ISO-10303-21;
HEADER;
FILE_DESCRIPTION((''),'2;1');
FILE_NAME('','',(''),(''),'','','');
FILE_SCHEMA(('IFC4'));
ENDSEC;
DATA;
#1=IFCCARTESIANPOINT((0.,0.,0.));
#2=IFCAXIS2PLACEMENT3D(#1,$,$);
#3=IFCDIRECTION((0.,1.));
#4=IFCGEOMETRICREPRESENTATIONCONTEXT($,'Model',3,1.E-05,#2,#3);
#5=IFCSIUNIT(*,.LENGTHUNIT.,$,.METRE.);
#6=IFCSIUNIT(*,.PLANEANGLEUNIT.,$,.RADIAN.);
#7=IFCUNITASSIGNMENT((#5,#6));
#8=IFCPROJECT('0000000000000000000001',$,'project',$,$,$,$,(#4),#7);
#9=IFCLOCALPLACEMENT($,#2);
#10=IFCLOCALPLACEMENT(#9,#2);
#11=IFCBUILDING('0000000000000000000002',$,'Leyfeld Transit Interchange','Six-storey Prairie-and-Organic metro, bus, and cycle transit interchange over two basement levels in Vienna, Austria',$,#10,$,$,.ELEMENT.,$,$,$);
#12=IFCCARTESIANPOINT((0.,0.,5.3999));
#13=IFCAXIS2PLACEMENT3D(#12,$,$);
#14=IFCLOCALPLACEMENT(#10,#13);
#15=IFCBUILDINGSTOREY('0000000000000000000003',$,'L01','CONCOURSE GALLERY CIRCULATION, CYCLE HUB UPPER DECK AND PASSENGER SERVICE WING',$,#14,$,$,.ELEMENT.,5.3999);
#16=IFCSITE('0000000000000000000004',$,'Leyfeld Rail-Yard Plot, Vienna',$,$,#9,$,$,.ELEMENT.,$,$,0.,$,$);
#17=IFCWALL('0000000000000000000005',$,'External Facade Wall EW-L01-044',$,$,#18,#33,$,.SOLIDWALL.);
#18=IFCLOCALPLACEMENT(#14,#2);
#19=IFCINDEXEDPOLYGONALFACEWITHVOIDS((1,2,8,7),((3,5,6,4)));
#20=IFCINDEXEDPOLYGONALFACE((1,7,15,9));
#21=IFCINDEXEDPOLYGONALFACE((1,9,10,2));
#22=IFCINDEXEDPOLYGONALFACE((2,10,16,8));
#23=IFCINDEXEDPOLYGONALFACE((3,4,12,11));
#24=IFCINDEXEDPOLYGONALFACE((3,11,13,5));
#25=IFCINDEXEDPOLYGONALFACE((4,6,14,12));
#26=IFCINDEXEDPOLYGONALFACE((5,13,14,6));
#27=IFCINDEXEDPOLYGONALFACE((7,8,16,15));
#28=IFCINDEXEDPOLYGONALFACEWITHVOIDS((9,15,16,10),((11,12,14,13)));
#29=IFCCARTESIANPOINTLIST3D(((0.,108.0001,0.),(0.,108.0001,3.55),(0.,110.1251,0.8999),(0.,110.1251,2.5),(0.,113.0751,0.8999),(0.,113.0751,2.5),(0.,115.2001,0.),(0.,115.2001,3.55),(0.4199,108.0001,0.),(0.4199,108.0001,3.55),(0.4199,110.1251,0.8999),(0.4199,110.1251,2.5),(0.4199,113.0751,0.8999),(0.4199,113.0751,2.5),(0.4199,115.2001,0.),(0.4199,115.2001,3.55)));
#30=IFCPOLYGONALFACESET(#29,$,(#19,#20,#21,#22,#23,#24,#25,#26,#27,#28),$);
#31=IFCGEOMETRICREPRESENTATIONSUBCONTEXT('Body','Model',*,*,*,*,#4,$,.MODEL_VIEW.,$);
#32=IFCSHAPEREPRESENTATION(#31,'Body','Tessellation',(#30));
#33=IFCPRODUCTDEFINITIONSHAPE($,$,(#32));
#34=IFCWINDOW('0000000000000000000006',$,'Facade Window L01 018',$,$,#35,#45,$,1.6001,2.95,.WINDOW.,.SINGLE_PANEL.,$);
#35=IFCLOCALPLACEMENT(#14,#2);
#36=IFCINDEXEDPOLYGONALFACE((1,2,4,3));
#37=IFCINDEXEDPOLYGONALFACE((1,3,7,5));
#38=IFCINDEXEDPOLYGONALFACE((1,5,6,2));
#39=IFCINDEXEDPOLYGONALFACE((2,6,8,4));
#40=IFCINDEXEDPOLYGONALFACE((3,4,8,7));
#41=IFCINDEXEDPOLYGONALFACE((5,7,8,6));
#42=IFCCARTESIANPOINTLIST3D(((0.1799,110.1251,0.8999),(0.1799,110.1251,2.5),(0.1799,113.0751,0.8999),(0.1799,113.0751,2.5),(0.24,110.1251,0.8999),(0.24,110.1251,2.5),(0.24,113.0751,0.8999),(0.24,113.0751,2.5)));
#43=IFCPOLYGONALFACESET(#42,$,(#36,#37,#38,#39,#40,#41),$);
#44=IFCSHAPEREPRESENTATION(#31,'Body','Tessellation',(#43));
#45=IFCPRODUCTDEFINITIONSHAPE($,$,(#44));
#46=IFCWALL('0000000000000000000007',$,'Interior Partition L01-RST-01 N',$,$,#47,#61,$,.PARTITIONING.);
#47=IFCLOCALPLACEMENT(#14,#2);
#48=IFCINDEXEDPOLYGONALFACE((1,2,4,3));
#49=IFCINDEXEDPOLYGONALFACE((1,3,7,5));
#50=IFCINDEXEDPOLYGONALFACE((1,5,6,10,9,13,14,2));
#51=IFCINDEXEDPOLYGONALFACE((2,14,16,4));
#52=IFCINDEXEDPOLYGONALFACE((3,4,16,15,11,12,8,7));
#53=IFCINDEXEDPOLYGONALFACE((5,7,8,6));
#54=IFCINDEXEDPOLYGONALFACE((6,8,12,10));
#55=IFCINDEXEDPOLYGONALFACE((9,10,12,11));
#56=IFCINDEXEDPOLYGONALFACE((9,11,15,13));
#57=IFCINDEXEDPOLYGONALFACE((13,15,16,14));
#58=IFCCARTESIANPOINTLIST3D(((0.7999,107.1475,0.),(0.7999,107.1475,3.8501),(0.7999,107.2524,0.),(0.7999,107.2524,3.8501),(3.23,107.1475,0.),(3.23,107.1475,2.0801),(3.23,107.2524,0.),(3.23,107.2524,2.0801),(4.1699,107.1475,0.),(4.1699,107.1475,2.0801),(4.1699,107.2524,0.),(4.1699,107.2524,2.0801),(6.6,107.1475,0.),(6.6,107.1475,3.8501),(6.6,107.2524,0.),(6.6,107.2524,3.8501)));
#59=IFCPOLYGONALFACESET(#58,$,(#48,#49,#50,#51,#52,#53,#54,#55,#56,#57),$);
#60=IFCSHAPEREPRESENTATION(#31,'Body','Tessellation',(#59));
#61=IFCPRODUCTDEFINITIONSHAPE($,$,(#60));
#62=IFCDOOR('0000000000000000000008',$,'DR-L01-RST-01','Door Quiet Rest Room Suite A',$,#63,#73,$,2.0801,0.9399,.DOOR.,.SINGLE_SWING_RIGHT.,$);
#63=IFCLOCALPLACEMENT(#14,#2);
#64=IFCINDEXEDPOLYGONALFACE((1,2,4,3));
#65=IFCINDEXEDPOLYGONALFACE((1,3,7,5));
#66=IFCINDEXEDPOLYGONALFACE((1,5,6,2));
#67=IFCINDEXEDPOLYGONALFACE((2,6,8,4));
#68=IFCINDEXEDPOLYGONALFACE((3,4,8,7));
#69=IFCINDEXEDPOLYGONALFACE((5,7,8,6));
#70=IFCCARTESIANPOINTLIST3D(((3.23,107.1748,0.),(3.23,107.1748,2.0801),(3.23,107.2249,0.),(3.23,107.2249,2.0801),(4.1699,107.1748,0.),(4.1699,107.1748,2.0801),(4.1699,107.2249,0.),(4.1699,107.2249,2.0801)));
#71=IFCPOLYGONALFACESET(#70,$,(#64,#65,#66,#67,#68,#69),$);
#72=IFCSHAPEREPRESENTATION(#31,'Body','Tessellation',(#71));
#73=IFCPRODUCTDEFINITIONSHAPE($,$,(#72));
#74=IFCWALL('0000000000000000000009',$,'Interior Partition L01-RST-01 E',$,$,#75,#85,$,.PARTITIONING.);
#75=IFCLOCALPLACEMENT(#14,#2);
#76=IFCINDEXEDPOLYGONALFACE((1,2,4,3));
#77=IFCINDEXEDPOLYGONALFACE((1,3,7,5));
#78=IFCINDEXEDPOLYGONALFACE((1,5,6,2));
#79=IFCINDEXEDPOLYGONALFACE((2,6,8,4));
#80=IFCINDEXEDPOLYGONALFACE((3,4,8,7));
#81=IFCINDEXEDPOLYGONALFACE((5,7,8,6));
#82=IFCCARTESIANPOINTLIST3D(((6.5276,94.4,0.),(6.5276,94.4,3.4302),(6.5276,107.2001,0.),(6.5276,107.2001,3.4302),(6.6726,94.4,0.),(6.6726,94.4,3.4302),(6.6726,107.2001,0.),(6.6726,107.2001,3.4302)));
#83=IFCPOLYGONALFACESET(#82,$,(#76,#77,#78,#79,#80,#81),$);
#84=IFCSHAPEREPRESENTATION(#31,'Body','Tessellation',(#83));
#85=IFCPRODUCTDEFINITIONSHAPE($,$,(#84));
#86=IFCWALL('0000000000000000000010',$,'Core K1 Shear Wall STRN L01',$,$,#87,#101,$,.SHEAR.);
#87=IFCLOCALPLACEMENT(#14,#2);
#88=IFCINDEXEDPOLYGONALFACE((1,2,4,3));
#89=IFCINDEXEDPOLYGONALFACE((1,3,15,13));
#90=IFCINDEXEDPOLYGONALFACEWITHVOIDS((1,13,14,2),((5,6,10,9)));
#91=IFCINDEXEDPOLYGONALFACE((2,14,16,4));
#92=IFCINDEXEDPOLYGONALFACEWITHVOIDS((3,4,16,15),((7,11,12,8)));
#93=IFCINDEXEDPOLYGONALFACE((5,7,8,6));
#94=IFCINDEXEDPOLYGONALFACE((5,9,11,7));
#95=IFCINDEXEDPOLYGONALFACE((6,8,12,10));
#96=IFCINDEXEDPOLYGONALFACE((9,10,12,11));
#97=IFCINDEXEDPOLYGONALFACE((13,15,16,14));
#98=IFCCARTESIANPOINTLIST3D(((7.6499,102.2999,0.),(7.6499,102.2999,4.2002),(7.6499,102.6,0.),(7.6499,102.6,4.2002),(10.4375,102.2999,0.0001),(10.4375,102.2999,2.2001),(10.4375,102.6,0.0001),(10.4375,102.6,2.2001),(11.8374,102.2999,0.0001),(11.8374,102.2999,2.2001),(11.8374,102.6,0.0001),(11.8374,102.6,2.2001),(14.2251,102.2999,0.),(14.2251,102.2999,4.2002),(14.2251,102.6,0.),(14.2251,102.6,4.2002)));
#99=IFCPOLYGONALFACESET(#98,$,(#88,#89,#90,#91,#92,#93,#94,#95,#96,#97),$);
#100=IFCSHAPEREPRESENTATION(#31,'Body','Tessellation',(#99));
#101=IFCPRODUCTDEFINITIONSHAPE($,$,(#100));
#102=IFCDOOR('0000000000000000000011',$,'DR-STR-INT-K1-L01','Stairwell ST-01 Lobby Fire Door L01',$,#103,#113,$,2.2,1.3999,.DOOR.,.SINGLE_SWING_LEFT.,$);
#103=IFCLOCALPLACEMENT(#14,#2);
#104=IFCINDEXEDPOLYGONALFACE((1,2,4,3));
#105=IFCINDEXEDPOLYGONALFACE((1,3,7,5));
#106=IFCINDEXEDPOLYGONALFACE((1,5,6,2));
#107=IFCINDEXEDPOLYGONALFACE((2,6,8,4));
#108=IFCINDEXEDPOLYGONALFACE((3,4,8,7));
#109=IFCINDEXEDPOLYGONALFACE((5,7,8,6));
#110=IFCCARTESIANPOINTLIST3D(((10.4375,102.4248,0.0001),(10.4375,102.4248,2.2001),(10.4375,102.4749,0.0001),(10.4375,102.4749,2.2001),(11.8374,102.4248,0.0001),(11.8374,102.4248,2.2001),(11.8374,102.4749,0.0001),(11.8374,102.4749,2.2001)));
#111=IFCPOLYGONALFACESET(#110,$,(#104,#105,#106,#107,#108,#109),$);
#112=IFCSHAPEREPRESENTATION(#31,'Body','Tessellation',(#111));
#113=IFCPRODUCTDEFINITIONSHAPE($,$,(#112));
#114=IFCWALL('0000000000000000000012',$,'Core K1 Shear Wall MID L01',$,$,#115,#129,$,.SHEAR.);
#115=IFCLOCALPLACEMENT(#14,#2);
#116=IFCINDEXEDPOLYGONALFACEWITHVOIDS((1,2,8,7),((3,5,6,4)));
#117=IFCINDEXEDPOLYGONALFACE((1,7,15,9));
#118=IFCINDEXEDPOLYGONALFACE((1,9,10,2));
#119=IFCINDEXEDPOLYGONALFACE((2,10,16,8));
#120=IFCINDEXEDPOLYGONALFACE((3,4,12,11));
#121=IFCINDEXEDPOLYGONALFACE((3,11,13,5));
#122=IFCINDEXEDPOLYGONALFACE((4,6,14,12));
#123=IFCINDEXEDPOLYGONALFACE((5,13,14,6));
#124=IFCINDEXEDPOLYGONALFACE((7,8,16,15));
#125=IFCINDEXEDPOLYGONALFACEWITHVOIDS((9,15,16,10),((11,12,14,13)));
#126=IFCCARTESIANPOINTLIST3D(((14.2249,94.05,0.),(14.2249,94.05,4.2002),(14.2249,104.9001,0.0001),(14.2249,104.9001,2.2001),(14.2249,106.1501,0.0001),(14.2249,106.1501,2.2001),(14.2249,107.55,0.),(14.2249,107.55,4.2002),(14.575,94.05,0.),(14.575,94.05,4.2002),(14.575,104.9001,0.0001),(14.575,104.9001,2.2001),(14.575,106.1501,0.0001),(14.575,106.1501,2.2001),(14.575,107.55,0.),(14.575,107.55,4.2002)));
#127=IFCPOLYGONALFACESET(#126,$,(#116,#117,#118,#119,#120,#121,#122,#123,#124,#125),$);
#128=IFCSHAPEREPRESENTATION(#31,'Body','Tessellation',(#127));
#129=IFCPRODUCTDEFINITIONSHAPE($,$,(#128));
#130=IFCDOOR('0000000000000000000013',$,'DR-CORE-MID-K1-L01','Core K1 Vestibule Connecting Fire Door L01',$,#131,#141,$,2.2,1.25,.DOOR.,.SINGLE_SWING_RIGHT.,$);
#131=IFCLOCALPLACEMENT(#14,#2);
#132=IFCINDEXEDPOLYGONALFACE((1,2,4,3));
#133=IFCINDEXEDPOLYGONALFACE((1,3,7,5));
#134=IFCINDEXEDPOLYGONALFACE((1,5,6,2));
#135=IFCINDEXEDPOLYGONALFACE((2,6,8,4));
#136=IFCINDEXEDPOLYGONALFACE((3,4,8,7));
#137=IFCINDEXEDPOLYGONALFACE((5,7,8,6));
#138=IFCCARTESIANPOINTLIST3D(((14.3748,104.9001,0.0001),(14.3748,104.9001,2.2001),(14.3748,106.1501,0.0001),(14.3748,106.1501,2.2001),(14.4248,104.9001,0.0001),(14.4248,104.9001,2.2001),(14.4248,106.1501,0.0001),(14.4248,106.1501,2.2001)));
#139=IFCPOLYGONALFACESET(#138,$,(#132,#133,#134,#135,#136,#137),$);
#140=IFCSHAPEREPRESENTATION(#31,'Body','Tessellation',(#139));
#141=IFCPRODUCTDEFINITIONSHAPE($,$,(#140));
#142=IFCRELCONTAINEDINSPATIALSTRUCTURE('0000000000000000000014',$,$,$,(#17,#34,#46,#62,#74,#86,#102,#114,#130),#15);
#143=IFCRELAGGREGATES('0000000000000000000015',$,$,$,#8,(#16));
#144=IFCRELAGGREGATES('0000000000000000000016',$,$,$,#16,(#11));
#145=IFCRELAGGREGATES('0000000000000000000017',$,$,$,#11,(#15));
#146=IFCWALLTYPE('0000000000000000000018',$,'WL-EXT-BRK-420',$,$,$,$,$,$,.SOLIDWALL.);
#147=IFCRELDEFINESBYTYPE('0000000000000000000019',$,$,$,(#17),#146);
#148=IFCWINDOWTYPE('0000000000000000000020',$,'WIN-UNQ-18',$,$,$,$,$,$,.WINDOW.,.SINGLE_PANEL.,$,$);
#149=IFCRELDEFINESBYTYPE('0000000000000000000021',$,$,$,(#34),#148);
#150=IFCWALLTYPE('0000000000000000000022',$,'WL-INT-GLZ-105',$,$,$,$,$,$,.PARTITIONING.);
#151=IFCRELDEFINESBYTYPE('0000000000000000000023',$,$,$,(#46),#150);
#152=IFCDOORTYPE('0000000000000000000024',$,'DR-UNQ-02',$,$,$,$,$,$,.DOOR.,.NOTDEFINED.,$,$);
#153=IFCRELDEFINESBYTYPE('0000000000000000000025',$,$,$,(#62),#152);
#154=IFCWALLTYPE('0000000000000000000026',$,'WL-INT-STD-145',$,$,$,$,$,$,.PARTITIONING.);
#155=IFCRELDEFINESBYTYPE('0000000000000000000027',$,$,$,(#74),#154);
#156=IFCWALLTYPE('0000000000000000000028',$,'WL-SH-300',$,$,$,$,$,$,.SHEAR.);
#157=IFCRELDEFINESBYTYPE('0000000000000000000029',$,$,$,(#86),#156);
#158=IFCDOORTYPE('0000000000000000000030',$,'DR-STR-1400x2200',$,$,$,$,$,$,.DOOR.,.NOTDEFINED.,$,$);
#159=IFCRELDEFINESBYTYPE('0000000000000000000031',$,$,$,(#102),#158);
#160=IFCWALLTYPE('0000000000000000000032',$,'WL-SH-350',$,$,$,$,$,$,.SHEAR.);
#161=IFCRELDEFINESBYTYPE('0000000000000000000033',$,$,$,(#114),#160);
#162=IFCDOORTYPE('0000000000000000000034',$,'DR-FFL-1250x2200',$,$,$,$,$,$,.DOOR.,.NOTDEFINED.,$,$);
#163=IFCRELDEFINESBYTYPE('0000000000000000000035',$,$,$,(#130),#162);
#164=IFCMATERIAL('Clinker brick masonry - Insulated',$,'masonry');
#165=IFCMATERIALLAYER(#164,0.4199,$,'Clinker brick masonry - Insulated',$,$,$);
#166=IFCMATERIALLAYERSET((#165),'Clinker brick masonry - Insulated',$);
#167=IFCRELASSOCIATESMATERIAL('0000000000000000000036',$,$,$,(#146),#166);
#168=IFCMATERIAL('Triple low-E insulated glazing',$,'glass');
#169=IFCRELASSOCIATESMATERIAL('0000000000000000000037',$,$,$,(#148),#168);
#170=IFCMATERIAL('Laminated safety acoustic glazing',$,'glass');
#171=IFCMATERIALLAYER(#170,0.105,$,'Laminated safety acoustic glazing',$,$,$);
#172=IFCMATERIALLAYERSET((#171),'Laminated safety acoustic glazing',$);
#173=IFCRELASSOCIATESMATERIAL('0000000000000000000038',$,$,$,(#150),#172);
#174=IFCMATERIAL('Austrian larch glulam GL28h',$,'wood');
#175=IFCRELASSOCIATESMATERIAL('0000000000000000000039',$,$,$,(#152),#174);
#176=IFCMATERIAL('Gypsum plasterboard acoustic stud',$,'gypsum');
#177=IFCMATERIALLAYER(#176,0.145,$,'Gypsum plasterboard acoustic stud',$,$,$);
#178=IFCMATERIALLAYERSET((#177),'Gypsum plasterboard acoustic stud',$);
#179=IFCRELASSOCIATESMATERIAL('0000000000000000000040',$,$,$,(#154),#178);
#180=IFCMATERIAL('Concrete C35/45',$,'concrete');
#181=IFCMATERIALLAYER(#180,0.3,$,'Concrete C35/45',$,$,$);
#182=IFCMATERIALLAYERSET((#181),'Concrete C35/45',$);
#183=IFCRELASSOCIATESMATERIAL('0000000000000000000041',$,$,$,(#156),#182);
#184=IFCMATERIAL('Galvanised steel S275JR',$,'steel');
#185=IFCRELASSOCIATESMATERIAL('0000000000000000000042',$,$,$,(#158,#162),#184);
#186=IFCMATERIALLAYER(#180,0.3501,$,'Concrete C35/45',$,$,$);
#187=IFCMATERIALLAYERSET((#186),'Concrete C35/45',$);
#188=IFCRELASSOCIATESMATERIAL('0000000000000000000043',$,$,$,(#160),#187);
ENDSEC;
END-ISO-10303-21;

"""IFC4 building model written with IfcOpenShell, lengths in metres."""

from ifc_helpers import new_model, si_unit, direction, frame, frame_2d, origin, place, context, subcontext, project, spatial, rectangle, extrude, material, layer, layer_set, type_object, element, fill, save


model = new_model("IFC4")

# Units and contexts
model_context = context("Model", 3, precision=1e-05, world=origin(), true_north=direction((0.0, 1.0)))
body_context = subcontext(model_context, "Body", "Model", "MODEL_VIEW")
ifc_project = project(units=[si_unit("LENGTHUNIT", "METRE"), si_unit("PLANEANGLEUNIT", "RADIAN")], contexts=[model_context])

# Site, building, storey
site_placement = place(None, origin())
site = spatial("IfcSite", under=ifc_project, at=site_placement, Name="Leyfeld Rail-Yard Plot, Vienna", CompositionType="ELEMENT", RefElevation=0.0)
building_placement = place(site_placement, origin())
building = spatial("IfcBuilding", under=site, at=building_placement, Name="Leyfeld Transit Interchange", Description="Six-storey Prairie-and-Organic metro, bus, and cycle transit interchange over two basement levels in Vienna, Austria", CompositionType="ELEMENT")
storey_placement = place(building_placement, frame((0.0, 0.0, 5.3999)))
storey = spatial("IfcBuildingStorey", under=building, at=storey_placement, Name="L01", Description="CONCOURSE GALLERY CIRCULATION, CYCLE HUB UPPER DECK AND PASSENGER SERVICE WING", CompositionType="ELEMENT", Elevation=5.3999)

# Shared definitions
ifc_material_1 = material(Name="Concrete C35/45", Category="concrete")

# Wall, opening, window
ifc_material_2 = material(Name="Clinker brick masonry - Insulated", Category="masonry")
ifc_layer_1 = layer(ifc_material_2, 0.4199, Name="Clinker brick masonry - Insulated")
ifc_layer_set_1 = layer_set([ifc_layer_1], Name="Clinker brick masonry - Insulated")
wall_type_1 = type_object("IfcWallType", Name="WL-EXT-BRK-420", PredefinedType="SOLIDWALL", material=ifc_layer_set_1)
wall_1_placement = place(storey_placement, frame((0.21, 108.0, 0.0), z_axis=(0.0, 0.0, 1.0), x_axis=(0.0, 1.0, 0.0)))
wall_1 = element("IfcWall", 1, at=wall_1_placement, inside=storey, type_object=wall_type_1, Name="External Facade Wall EW-L01-044", PredefinedType="SOLIDWALL", context=body_context, shape_type="SweptSolid", body=[
    extrude(rectangle(XDim=7.2, YDim=0.4199, at=frame_2d((3.6001, 0.0))), origin(), (0.0, 0.0, 1.0), 3.55),
])
opening_1_placement = place(wall_1_placement, frame((2.125, 0.0, 0.8999)))
opening_1 = element("IfcOpeningElement", 2, at=opening_1_placement, cuts=wall_1, PredefinedType="OPENING", context=body_context, shape_type="SweptSolid", body=[
    extrude(rectangle(XDim=2.95, YDim=1.6001, at=frame_2d((1.4751, 0.8))), frame((0.0, 0.22, 0.0), z_axis=(0.0, -1.0, 0.0), x_axis=(1.0, 0.0, 0.0)), (0.0, 0.0, 1.0), 0.4399),
])
ifc_material_3 = material(Name="Triple low-E insulated glazing", Category="glass")
window_type = type_object("IfcWindowType", Name="WIN-UNQ-18", PartitioningType="SINGLE_PANEL", PredefinedType="WINDOW", material=ifc_material_3)
window_placement = place(opening_1_placement, origin())
window = element("IfcWindow", 3, at=window_placement, inside=storey, type_object=window_type, Name="Facade Window L01 018", OverallHeight=1.6001, OverallWidth=2.95, PartitioningType="SINGLE_PANEL", PredefinedType="WINDOW", context=body_context, shape_type="SweptSolid", body=[
    extrude(rectangle(XDim=2.95, YDim=1.6001, at=frame_2d((1.4751, 0.8))), frame((0.0, 0.03, 0.0), z_axis=(0.0, -1.0, 0.0), x_axis=(1.0, 0.0, 0.0)), (0.0, 0.0, 1.0), 0.0601),
])
fill(opening_1, window)

# Wall, opening, door
ifc_material_4 = material(Name="Laminated safety acoustic glazing", Category="glass")
ifc_layer_2 = layer(ifc_material_4, 0.105, Name="Laminated safety acoustic glazing")
ifc_layer_set_2 = layer_set([ifc_layer_2], Name="Laminated safety acoustic glazing")
wall_type_2 = type_object("IfcWallType", Name="WL-INT-GLZ-105", PredefinedType="PARTITIONING", material=ifc_layer_set_2)
wall_2_placement = place(storey_placement, frame((0.8, 107.2, 0.0), z_axis=(0.0, 0.0, 1.0), x_axis=(1.0, 0.0, 0.0)))
wall_2 = element("IfcWall", 4, at=wall_2_placement, inside=storey, type_object=wall_type_2, Name="Interior Partition L01-RST-01 N", PredefinedType="PARTITIONING", context=body_context, shape_type="SweptSolid", body=[
    extrude(rectangle(XDim=5.8, YDim=0.105, at=frame_2d((2.8999, 0.0))), origin(), (0.0, 0.0, 1.0), 3.8501),
])
opening_2_placement = place(wall_2_placement, frame((2.4299, 0.0, 0.0)))
opening_2 = element("IfcOpeningElement", 5, at=opening_2_placement, cuts=wall_2, PredefinedType="OPENING", context=body_context, shape_type="SweptSolid", body=[
    extrude(rectangle(XDim=0.9399, YDim=2.0801, at=frame_2d((0.47, 1.04))), frame((0.0, 0.0625, 0.0), z_axis=(0.0, -1.0, 0.0), x_axis=(1.0, 0.0, 0.0)), (0.0, 0.0, 1.0), 0.125),
])
ifc_material_5 = material(Name="Austrian larch glulam GL28h", Category="wood")
door_type_1 = type_object("IfcDoorType", Name="DR-UNQ-02", OperationType="NOTDEFINED", PredefinedType="DOOR", material=ifc_material_5)
door_1_placement = place(opening_2_placement, origin())
door_1 = element("IfcDoor", 6, at=door_1_placement, inside=storey, type_object=door_type_1, Name="DR-L01-RST-01", Description="Door Quiet Rest Room Suite A", OperationType="SINGLE_SWING_RIGHT", OverallHeight=2.0801, OverallWidth=0.9399, PredefinedType="DOOR", context=body_context, shape_type="SweptSolid", body=[
    extrude(rectangle(XDim=0.9399, YDim=2.0801, at=frame_2d((0.47, 1.04))), frame((0.0, 0.0249, 0.0), z_axis=(0.0, -1.0, 0.0), x_axis=(1.0, 0.0, 0.0)), (0.0, 0.0, 1.0), 0.05),
])
fill(opening_2, door_1)

# Wall
ifc_material_6 = material(Name="Gypsum plasterboard acoustic stud", Category="gypsum")
ifc_layer_3 = layer(ifc_material_6, 0.145, Name="Gypsum plasterboard acoustic stud")
ifc_layer_set_3 = layer_set([ifc_layer_3], Name="Gypsum plasterboard acoustic stud")
wall_type_3 = type_object("IfcWallType", Name="WL-INT-STD-145", PredefinedType="PARTITIONING", material=ifc_layer_set_3)
wall_3_placement = place(storey_placement, frame((6.6001, 107.2, 0.0), z_axis=(0.0, 0.0, 1.0), x_axis=(0.0, -1.0, 0.0)))
element("IfcWall", 7, at=wall_3_placement, inside=storey, type_object=wall_type_3, Name="Interior Partition L01-RST-01 E", PredefinedType="PARTITIONING", context=body_context, shape_type="SweptSolid", body=[
    extrude(rectangle(XDim=12.8, YDim=0.145, at=frame_2d((6.3999, 0.0))), origin(), (0.0, 0.0, 1.0), 3.4302),
])

# Walls, openings, doors
ifc_layer_4 = layer(ifc_material_1, 0.3, Name="Concrete C35/45")
ifc_layer_set_4 = layer_set([ifc_layer_4], Name="Concrete C35/45")
wall_type_4 = type_object("IfcWallType", Name="WL-SH-300", PredefinedType="SHEAR", material=ifc_layer_set_4)
wall_4_placement = place(storey_placement, frame((7.6499, 102.45, 0.0), z_axis=(0.0, 0.0, 1.0), x_axis=(1.0, 0.0, 0.0)))
wall_4 = element("IfcWall", 8, at=wall_4_placement, inside=storey, type_object=wall_type_4, Name="Core K1 Shear Wall STRN L01", PredefinedType="SHEAR", context=body_context, shape_type="SweptSolid", body=[
    extrude(rectangle(XDim=6.5752, YDim=0.3, at=frame_2d((3.2876, 0.0))), origin(), (0.0, 0.0, 1.0), 4.2002),
])
opening_3_placement = place(wall_4_placement, frame((2.7876, 0.0, 0.0)))
opening_3 = element("IfcOpeningElement", 9, at=opening_3_placement, cuts=wall_4, PredefinedType="OPENING", context=body_context, shape_type="SweptSolid", body=[
    extrude(rectangle(XDim=1.3999, YDim=2.2, at=frame_2d((0.7, 1.1001))), frame((0.0, 0.1599, 0.0), z_axis=(0.0, -1.0, 0.0), x_axis=(1.0, 0.0, 0.0)), (0.0, 0.0, 1.0), 0.3201),
])
ifc_material_7 = material(Name="Galvanised steel S275JR", Category="steel")
door_type_2 = type_object("IfcDoorType", Name="DR-STR-1400x2200", OperationType="NOTDEFINED", PredefinedType="DOOR", material=ifc_material_7)
door_2_placement = place(opening_3_placement, origin())
door_2 = element("IfcDoor", 10, at=door_2_placement, inside=storey, type_object=door_type_2, Name="DR-STR-INT-K1-L01", Description="Stairwell ST-01 Lobby Fire Door L01", OperationType="SINGLE_SWING_LEFT", OverallHeight=2.2, OverallWidth=1.3999, PredefinedType="DOOR", context=body_context, shape_type="SweptSolid", body=[
    extrude(rectangle(XDim=1.3999, YDim=2.2, at=frame_2d((0.7, 1.1001))), frame((0.0, 0.0249, 0.0), z_axis=(0.0, -1.0, 0.0), x_axis=(1.0, 0.0, 0.0)), (0.0, 0.0, 1.0), 0.05),
])
fill(opening_3, door_2)
ifc_layer_5 = layer(ifc_material_1, 0.3501, Name="Concrete C35/45")
ifc_layer_set_5 = layer_set([ifc_layer_5], Name="Concrete C35/45")
wall_type_5 = type_object("IfcWallType", Name="WL-SH-350", PredefinedType="SHEAR", material=ifc_layer_set_5)
wall_5_placement = place(storey_placement, frame((14.3999, 107.55, 0.0), z_axis=(0.0, 0.0, 1.0), x_axis=(0.0, -1.0, 0.0)))
wall_5 = element("IfcWall", 11, at=wall_5_placement, inside=storey, type_object=wall_type_5, Name="Core K1 Shear Wall MID L01", PredefinedType="SHEAR", context=body_context, shape_type="SweptSolid", body=[
    extrude(rectangle(XDim=13.5, YDim=0.3501, at=frame_2d((6.75, 0.0))), origin(), (0.0, 0.0, 1.0), 4.2002),
])
opening_4_placement = place(wall_5_placement, frame((1.3999, 0.0, 0.0)))
opening_4 = element("IfcOpeningElement", 12, at=opening_4_placement, cuts=wall_5, PredefinedType="OPENING", context=body_context, shape_type="SweptSolid", body=[
    extrude(rectangle(XDim=1.25, YDim=2.2, at=frame_2d((0.625, 1.1001))), frame((0.0, 0.1851, 0.0), z_axis=(0.0, -1.0, 0.0), x_axis=(1.0, 0.0, 0.0)), (0.0, 0.0, 1.0), 0.3701),
])
door_type_3 = type_object("IfcDoorType", Name="DR-FFL-1250x2200", OperationType="NOTDEFINED", PredefinedType="DOOR", material=ifc_material_7)
door_3_placement = place(opening_4_placement, origin())
door_3 = element("IfcDoor", 13, at=door_3_placement, inside=storey, type_object=door_type_3, Name="DR-CORE-MID-K1-L01", Description="Core K1 Vestibule Connecting Fire Door L01", OperationType="SINGLE_SWING_RIGHT", OverallHeight=2.2, OverallWidth=1.25, PredefinedType="DOOR", context=body_context, shape_type="SweptSolid", body=[
    extrude(rectangle(XDim=1.25, YDim=2.2, at=frame_2d((0.625, 1.1001))), frame((0.0, 0.0249, 0.0), z_axis=(0.0, -1.0, 0.0), x_axis=(1.0, 0.0, 0.0)), (0.0, 0.0, 1.0), 0.05),
])
fill(opening_4, door_3)

save(model, "model.ifc")
